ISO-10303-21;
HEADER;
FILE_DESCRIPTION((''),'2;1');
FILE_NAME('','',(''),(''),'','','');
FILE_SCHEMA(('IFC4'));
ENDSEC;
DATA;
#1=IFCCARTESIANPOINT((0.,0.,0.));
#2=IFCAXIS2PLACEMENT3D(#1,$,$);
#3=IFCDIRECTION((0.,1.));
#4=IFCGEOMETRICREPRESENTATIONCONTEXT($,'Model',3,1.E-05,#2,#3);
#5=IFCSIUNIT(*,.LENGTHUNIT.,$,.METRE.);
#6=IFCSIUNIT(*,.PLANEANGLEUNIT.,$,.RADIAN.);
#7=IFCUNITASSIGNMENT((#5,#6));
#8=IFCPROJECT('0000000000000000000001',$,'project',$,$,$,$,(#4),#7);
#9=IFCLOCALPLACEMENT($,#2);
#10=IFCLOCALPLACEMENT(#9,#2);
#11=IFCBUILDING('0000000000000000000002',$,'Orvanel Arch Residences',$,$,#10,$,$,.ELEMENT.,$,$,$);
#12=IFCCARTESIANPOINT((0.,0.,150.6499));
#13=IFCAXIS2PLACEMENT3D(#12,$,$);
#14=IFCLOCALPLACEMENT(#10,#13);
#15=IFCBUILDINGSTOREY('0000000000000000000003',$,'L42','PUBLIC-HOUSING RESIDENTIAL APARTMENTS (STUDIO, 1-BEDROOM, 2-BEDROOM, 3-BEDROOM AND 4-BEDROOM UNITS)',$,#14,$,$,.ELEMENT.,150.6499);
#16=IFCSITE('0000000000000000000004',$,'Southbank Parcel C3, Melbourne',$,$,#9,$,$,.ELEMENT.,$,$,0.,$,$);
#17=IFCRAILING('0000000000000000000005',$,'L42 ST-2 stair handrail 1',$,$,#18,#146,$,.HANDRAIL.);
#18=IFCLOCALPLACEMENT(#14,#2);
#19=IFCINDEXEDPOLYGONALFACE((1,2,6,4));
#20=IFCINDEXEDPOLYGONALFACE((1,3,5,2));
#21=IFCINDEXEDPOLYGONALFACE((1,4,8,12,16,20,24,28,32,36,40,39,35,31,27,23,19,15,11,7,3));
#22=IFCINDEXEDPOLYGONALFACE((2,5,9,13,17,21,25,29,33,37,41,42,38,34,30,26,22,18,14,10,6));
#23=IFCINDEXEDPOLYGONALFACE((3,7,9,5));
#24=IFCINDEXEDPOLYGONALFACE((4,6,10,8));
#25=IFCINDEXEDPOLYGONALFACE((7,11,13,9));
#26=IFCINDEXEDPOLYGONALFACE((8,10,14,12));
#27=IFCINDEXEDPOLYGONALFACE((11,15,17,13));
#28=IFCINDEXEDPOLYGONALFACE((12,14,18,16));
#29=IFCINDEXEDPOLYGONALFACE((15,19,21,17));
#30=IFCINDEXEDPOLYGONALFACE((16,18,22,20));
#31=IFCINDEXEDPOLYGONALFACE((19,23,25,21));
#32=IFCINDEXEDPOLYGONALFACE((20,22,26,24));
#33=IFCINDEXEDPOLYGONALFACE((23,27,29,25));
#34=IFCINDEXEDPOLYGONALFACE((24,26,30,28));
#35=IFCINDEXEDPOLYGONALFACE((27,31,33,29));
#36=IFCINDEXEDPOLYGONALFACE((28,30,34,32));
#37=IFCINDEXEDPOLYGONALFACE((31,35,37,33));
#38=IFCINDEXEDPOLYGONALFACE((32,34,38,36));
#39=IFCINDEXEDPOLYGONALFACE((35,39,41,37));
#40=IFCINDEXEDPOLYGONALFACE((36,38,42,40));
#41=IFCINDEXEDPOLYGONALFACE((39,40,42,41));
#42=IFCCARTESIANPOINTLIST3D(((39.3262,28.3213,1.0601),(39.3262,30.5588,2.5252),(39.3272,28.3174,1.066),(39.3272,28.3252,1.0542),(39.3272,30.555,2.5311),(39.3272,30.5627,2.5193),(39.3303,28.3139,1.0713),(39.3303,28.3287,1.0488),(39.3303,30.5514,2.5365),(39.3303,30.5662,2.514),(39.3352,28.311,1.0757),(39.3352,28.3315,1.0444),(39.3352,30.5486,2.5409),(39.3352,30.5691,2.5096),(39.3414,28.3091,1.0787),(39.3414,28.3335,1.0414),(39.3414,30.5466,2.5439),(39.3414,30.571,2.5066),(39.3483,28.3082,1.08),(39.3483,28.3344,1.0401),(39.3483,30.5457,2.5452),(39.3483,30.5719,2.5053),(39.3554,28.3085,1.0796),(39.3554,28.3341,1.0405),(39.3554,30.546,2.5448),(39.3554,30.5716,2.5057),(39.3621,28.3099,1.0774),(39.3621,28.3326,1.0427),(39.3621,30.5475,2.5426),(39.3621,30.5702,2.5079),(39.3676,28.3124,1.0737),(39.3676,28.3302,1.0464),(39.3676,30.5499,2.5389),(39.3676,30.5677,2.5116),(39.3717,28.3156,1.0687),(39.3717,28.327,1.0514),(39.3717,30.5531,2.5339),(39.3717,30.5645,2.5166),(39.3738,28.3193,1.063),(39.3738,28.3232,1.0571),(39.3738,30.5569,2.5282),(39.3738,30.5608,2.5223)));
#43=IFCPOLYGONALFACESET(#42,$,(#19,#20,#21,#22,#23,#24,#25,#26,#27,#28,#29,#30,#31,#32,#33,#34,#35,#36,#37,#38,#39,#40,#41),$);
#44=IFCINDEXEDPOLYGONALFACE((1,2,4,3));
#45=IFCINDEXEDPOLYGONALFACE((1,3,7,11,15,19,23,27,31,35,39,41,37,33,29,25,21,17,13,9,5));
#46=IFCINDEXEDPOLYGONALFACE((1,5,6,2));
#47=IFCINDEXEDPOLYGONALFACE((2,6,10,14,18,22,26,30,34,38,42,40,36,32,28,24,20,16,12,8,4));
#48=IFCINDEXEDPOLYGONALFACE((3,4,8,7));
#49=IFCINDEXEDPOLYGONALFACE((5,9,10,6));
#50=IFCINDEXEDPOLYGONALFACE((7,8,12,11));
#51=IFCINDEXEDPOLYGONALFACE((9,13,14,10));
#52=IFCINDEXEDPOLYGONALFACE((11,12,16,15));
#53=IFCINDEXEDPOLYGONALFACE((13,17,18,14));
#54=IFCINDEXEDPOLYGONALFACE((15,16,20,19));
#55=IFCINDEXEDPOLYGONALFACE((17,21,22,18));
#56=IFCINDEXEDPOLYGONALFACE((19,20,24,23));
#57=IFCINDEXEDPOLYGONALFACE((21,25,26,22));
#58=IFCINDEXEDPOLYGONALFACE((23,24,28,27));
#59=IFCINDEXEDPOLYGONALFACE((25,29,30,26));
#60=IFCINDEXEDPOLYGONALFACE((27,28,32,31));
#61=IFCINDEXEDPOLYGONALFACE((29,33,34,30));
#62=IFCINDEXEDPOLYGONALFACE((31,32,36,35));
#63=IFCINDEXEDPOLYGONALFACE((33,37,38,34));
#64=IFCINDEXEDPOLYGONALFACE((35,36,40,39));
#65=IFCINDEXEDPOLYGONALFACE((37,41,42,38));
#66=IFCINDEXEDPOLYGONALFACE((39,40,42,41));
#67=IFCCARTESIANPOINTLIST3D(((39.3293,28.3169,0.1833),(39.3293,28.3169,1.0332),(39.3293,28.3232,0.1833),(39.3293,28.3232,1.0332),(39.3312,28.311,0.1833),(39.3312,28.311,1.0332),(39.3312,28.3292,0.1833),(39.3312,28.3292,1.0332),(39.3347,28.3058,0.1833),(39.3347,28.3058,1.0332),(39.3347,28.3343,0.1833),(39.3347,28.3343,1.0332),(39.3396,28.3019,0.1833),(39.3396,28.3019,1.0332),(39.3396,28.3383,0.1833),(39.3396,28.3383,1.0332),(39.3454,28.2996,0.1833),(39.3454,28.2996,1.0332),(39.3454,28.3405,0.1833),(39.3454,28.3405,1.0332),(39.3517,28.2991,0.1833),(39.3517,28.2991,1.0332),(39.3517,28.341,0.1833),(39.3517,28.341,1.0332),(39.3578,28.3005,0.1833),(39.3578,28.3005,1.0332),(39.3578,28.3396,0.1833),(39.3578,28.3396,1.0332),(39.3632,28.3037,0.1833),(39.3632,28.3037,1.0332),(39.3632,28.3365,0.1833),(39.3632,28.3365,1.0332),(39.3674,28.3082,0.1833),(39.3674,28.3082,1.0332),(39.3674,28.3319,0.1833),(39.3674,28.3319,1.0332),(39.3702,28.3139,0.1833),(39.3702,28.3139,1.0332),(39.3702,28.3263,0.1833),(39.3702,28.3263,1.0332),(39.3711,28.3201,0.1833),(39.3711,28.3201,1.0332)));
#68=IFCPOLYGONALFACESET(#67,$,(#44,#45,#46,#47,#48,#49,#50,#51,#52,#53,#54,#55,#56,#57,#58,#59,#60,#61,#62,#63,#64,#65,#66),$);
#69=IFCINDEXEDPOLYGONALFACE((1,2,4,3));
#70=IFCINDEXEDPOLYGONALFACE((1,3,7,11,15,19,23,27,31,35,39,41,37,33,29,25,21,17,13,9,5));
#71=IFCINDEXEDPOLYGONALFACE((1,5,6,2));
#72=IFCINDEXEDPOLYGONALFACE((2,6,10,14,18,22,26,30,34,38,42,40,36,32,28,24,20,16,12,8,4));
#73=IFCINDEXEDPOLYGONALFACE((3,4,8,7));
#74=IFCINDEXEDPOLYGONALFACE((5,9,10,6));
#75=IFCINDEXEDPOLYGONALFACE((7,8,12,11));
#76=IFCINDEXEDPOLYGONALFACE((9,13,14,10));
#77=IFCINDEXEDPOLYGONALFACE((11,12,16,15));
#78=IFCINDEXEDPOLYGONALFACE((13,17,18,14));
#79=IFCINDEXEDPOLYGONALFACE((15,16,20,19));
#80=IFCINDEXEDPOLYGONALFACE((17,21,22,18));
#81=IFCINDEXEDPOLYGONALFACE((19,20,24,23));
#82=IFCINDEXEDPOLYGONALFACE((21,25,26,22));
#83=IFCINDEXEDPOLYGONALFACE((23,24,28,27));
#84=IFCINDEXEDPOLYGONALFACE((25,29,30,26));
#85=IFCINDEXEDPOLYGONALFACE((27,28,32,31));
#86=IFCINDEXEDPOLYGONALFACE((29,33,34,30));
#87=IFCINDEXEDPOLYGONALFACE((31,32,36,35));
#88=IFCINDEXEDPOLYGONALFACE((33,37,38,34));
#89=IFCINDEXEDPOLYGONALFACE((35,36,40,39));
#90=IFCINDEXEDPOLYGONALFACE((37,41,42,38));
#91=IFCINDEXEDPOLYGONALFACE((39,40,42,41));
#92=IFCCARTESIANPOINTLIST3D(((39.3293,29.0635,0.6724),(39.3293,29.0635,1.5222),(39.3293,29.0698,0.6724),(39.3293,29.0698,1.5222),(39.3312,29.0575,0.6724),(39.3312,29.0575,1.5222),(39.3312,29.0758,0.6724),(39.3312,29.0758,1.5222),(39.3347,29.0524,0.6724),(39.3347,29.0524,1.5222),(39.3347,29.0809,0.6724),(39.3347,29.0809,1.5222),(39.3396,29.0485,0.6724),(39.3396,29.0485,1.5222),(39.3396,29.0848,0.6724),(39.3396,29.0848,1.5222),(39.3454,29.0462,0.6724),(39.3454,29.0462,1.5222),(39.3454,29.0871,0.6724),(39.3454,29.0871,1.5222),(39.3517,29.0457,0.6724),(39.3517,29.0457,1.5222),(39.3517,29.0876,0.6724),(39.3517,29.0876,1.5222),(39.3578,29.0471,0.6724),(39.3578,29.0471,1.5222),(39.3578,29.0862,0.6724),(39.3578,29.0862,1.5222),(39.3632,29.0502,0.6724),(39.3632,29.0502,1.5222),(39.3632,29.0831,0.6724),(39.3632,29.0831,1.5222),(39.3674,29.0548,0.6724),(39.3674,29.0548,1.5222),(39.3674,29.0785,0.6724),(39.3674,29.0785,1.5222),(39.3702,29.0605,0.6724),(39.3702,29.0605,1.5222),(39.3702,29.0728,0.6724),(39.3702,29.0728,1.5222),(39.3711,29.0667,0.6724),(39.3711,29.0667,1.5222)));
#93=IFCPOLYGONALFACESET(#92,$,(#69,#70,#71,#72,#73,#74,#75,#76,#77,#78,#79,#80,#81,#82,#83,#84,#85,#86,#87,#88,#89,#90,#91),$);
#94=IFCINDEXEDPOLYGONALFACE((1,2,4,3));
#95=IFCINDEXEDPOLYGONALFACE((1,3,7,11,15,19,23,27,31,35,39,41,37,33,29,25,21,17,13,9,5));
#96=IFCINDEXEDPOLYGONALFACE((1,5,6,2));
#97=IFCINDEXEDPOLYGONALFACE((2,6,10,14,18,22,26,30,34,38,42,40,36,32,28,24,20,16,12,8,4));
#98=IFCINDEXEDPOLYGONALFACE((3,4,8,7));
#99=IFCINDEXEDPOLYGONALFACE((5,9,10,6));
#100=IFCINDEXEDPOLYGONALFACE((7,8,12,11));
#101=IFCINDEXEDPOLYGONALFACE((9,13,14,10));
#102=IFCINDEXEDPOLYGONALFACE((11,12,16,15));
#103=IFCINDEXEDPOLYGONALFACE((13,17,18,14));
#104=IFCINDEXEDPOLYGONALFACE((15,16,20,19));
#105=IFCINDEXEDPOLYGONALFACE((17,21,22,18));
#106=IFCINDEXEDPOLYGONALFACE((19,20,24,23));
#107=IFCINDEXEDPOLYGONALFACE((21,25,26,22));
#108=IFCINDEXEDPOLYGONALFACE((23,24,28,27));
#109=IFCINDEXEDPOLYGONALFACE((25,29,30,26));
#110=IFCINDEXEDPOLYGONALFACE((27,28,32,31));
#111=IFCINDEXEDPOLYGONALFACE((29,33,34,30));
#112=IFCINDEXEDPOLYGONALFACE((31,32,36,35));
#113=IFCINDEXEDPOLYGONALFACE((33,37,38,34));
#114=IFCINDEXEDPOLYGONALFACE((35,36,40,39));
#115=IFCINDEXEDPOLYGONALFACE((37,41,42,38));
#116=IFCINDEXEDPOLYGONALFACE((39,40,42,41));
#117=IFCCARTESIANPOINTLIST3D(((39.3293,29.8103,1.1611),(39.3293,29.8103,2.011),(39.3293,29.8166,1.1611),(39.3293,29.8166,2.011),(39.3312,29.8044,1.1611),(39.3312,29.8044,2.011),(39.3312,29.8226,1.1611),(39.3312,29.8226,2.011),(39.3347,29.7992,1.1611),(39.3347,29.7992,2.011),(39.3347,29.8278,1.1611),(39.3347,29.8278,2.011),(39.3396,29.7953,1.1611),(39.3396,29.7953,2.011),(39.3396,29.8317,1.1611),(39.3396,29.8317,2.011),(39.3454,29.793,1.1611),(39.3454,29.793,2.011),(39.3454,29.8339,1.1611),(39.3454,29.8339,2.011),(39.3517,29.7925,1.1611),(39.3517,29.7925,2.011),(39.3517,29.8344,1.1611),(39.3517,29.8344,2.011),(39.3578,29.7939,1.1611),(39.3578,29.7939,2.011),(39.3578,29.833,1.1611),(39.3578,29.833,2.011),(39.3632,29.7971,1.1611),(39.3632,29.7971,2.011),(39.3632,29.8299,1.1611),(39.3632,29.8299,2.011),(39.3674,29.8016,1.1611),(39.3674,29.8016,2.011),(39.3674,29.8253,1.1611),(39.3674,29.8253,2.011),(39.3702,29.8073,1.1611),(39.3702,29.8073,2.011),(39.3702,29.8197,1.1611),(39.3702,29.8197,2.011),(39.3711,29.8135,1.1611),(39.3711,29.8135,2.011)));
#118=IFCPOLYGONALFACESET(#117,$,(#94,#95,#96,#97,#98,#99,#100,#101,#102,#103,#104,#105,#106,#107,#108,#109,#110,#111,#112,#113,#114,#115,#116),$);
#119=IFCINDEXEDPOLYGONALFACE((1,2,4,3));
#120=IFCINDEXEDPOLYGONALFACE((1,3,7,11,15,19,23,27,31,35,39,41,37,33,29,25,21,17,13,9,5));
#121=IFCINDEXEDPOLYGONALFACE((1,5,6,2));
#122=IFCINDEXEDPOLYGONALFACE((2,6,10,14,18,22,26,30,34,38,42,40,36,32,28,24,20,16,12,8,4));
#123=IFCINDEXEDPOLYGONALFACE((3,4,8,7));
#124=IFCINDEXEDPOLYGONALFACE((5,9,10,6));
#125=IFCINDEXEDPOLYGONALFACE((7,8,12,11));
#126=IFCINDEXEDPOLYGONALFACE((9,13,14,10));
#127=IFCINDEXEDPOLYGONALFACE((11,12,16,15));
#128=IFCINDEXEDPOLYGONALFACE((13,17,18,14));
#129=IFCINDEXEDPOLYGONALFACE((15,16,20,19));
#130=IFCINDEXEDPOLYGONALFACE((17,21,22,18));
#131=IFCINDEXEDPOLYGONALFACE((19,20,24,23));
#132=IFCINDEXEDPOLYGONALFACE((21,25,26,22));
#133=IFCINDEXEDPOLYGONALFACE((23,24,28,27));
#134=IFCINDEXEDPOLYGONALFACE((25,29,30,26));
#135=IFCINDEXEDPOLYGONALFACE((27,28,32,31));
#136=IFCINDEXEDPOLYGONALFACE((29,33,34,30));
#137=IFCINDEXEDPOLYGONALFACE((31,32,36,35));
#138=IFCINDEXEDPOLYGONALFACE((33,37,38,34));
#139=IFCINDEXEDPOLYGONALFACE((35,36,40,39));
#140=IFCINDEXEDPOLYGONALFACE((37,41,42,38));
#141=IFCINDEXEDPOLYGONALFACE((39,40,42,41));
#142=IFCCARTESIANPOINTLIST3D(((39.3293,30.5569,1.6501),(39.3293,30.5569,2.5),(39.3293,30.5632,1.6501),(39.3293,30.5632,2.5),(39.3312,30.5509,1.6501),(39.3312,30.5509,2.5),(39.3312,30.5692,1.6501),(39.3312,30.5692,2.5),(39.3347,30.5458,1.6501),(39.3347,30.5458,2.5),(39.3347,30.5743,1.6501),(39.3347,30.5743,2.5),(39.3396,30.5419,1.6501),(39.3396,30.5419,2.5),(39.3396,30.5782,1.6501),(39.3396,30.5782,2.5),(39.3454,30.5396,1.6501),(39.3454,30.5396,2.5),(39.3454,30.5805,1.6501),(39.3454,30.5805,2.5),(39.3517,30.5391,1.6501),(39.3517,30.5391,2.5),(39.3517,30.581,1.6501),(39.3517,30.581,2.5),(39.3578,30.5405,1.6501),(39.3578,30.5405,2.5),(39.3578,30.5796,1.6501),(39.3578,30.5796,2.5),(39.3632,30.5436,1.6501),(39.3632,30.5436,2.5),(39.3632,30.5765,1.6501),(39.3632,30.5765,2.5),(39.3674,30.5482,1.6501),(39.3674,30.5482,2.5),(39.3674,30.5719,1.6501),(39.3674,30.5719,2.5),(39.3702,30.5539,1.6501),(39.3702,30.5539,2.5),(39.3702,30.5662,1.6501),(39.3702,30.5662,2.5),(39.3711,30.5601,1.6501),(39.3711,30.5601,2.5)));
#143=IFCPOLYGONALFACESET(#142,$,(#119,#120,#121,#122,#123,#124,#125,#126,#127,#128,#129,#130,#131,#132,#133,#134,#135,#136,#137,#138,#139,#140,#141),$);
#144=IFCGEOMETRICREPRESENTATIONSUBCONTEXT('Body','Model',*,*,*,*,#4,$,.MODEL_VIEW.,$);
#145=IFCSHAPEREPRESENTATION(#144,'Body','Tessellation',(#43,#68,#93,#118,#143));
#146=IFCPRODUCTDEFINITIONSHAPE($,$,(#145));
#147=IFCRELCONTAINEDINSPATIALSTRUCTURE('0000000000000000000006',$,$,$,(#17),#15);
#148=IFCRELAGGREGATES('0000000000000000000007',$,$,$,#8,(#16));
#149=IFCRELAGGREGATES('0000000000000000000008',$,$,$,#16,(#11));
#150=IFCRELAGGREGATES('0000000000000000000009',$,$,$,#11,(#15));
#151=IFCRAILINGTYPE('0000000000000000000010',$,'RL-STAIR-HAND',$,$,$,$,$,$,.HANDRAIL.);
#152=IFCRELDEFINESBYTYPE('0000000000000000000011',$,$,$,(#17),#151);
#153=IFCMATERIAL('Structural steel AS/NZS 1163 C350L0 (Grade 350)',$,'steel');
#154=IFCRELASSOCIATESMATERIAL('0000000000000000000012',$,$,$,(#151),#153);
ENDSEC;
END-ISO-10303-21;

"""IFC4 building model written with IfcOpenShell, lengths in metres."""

from ifc_helpers import new_model, si_unit, direction, frame, origin, origin_2d, place, context, subcontext, project, spatial, circle, extrude, material, type_object, element, save


model = new_model("IFC4")

# Units and contexts
model_context = context("Model", 3, precision=1e-05, world=origin(), true_north=direction((0.0, 1.0)))
body_context = subcontext(model_context, "Body", "Model", "MODEL_VIEW")
ifc_project = project(units=[si_unit("LENGTHUNIT", "METRE"), si_unit("PLANEANGLEUNIT", "RADIAN")], contexts=[model_context])

# Site, building, storey
site_placement = place(None, origin())
site = spatial("IfcSite", under=ifc_project, at=site_placement, Name="Southbank Parcel C3, Melbourne", CompositionType="ELEMENT", RefElevation=0.0)
building_placement = place(site_placement, origin())
building = spatial("IfcBuilding", under=site, at=building_placement, Name="Orvanel Arch Residences", CompositionType="ELEMENT")
storey_placement = place(building_placement, frame((0.0, 0.0, 150.6499)))
storey = spatial("IfcBuildingStorey", under=building, at=storey_placement, Name="L42", Description="PUBLIC-HOUSING RESIDENTIAL APARTMENTS (STUDIO, 1-BEDROOM, 2-BEDROOM, 3-BEDROOM AND 4-BEDROOM UNITS)", CompositionType="ELEMENT", Elevation=150.6499)

# Railing
ifc_material_1 = material(Name="Structural steel AS/NZS 1163 C350L0 (Grade 350)", Category="steel")
railing_type_1 = type_object("IfcRailingType", Name="RL-STAIR-HAND", PredefinedType="HANDRAIL", material=ifc_material_1)
railing_1_placement = place(storey_placement, frame((39.3501, 28.3201, 0.1833)))
element("IfcRailing", 1, at=railing_1_placement, inside=storey, type_object=railing_type_1, Name="L42 ST-2 stair handrail 1", PredefinedType="HANDRAIL", context=body_context, shape_type="SweptSolid", body=[
    extrude(circle(Radius=0.0239, at=origin_2d()), frame((0.0, 0.0012, 0.8767), z_axis=(0.0, 0.836595, 0.547822), x_axis=(-1.0, 0.0, 0.0)), (0.0, 0.0, 1.0), 2.6746),
    extrude(circle(Radius=0.021, at=origin_2d()), origin(), (0.0, 0.0, 1.0), 0.8499),
    extrude(circle(Radius=0.021, at=origin_2d()), frame((0.0, 0.7466, 0.489)), (0.0, 0.0, 1.0), 0.8499),
    extrude(circle(Radius=0.021, at=origin_2d()), frame((0.0, 1.4934, 0.9778)), (0.0, 0.0, 1.0), 0.8499),
    extrude(circle(Radius=0.021, at=origin_2d()), frame((0.0, 2.24, 1.4668)), (0.0, 0.0, 1.0), 0.8499),
])

save(model, "model.ifc")
